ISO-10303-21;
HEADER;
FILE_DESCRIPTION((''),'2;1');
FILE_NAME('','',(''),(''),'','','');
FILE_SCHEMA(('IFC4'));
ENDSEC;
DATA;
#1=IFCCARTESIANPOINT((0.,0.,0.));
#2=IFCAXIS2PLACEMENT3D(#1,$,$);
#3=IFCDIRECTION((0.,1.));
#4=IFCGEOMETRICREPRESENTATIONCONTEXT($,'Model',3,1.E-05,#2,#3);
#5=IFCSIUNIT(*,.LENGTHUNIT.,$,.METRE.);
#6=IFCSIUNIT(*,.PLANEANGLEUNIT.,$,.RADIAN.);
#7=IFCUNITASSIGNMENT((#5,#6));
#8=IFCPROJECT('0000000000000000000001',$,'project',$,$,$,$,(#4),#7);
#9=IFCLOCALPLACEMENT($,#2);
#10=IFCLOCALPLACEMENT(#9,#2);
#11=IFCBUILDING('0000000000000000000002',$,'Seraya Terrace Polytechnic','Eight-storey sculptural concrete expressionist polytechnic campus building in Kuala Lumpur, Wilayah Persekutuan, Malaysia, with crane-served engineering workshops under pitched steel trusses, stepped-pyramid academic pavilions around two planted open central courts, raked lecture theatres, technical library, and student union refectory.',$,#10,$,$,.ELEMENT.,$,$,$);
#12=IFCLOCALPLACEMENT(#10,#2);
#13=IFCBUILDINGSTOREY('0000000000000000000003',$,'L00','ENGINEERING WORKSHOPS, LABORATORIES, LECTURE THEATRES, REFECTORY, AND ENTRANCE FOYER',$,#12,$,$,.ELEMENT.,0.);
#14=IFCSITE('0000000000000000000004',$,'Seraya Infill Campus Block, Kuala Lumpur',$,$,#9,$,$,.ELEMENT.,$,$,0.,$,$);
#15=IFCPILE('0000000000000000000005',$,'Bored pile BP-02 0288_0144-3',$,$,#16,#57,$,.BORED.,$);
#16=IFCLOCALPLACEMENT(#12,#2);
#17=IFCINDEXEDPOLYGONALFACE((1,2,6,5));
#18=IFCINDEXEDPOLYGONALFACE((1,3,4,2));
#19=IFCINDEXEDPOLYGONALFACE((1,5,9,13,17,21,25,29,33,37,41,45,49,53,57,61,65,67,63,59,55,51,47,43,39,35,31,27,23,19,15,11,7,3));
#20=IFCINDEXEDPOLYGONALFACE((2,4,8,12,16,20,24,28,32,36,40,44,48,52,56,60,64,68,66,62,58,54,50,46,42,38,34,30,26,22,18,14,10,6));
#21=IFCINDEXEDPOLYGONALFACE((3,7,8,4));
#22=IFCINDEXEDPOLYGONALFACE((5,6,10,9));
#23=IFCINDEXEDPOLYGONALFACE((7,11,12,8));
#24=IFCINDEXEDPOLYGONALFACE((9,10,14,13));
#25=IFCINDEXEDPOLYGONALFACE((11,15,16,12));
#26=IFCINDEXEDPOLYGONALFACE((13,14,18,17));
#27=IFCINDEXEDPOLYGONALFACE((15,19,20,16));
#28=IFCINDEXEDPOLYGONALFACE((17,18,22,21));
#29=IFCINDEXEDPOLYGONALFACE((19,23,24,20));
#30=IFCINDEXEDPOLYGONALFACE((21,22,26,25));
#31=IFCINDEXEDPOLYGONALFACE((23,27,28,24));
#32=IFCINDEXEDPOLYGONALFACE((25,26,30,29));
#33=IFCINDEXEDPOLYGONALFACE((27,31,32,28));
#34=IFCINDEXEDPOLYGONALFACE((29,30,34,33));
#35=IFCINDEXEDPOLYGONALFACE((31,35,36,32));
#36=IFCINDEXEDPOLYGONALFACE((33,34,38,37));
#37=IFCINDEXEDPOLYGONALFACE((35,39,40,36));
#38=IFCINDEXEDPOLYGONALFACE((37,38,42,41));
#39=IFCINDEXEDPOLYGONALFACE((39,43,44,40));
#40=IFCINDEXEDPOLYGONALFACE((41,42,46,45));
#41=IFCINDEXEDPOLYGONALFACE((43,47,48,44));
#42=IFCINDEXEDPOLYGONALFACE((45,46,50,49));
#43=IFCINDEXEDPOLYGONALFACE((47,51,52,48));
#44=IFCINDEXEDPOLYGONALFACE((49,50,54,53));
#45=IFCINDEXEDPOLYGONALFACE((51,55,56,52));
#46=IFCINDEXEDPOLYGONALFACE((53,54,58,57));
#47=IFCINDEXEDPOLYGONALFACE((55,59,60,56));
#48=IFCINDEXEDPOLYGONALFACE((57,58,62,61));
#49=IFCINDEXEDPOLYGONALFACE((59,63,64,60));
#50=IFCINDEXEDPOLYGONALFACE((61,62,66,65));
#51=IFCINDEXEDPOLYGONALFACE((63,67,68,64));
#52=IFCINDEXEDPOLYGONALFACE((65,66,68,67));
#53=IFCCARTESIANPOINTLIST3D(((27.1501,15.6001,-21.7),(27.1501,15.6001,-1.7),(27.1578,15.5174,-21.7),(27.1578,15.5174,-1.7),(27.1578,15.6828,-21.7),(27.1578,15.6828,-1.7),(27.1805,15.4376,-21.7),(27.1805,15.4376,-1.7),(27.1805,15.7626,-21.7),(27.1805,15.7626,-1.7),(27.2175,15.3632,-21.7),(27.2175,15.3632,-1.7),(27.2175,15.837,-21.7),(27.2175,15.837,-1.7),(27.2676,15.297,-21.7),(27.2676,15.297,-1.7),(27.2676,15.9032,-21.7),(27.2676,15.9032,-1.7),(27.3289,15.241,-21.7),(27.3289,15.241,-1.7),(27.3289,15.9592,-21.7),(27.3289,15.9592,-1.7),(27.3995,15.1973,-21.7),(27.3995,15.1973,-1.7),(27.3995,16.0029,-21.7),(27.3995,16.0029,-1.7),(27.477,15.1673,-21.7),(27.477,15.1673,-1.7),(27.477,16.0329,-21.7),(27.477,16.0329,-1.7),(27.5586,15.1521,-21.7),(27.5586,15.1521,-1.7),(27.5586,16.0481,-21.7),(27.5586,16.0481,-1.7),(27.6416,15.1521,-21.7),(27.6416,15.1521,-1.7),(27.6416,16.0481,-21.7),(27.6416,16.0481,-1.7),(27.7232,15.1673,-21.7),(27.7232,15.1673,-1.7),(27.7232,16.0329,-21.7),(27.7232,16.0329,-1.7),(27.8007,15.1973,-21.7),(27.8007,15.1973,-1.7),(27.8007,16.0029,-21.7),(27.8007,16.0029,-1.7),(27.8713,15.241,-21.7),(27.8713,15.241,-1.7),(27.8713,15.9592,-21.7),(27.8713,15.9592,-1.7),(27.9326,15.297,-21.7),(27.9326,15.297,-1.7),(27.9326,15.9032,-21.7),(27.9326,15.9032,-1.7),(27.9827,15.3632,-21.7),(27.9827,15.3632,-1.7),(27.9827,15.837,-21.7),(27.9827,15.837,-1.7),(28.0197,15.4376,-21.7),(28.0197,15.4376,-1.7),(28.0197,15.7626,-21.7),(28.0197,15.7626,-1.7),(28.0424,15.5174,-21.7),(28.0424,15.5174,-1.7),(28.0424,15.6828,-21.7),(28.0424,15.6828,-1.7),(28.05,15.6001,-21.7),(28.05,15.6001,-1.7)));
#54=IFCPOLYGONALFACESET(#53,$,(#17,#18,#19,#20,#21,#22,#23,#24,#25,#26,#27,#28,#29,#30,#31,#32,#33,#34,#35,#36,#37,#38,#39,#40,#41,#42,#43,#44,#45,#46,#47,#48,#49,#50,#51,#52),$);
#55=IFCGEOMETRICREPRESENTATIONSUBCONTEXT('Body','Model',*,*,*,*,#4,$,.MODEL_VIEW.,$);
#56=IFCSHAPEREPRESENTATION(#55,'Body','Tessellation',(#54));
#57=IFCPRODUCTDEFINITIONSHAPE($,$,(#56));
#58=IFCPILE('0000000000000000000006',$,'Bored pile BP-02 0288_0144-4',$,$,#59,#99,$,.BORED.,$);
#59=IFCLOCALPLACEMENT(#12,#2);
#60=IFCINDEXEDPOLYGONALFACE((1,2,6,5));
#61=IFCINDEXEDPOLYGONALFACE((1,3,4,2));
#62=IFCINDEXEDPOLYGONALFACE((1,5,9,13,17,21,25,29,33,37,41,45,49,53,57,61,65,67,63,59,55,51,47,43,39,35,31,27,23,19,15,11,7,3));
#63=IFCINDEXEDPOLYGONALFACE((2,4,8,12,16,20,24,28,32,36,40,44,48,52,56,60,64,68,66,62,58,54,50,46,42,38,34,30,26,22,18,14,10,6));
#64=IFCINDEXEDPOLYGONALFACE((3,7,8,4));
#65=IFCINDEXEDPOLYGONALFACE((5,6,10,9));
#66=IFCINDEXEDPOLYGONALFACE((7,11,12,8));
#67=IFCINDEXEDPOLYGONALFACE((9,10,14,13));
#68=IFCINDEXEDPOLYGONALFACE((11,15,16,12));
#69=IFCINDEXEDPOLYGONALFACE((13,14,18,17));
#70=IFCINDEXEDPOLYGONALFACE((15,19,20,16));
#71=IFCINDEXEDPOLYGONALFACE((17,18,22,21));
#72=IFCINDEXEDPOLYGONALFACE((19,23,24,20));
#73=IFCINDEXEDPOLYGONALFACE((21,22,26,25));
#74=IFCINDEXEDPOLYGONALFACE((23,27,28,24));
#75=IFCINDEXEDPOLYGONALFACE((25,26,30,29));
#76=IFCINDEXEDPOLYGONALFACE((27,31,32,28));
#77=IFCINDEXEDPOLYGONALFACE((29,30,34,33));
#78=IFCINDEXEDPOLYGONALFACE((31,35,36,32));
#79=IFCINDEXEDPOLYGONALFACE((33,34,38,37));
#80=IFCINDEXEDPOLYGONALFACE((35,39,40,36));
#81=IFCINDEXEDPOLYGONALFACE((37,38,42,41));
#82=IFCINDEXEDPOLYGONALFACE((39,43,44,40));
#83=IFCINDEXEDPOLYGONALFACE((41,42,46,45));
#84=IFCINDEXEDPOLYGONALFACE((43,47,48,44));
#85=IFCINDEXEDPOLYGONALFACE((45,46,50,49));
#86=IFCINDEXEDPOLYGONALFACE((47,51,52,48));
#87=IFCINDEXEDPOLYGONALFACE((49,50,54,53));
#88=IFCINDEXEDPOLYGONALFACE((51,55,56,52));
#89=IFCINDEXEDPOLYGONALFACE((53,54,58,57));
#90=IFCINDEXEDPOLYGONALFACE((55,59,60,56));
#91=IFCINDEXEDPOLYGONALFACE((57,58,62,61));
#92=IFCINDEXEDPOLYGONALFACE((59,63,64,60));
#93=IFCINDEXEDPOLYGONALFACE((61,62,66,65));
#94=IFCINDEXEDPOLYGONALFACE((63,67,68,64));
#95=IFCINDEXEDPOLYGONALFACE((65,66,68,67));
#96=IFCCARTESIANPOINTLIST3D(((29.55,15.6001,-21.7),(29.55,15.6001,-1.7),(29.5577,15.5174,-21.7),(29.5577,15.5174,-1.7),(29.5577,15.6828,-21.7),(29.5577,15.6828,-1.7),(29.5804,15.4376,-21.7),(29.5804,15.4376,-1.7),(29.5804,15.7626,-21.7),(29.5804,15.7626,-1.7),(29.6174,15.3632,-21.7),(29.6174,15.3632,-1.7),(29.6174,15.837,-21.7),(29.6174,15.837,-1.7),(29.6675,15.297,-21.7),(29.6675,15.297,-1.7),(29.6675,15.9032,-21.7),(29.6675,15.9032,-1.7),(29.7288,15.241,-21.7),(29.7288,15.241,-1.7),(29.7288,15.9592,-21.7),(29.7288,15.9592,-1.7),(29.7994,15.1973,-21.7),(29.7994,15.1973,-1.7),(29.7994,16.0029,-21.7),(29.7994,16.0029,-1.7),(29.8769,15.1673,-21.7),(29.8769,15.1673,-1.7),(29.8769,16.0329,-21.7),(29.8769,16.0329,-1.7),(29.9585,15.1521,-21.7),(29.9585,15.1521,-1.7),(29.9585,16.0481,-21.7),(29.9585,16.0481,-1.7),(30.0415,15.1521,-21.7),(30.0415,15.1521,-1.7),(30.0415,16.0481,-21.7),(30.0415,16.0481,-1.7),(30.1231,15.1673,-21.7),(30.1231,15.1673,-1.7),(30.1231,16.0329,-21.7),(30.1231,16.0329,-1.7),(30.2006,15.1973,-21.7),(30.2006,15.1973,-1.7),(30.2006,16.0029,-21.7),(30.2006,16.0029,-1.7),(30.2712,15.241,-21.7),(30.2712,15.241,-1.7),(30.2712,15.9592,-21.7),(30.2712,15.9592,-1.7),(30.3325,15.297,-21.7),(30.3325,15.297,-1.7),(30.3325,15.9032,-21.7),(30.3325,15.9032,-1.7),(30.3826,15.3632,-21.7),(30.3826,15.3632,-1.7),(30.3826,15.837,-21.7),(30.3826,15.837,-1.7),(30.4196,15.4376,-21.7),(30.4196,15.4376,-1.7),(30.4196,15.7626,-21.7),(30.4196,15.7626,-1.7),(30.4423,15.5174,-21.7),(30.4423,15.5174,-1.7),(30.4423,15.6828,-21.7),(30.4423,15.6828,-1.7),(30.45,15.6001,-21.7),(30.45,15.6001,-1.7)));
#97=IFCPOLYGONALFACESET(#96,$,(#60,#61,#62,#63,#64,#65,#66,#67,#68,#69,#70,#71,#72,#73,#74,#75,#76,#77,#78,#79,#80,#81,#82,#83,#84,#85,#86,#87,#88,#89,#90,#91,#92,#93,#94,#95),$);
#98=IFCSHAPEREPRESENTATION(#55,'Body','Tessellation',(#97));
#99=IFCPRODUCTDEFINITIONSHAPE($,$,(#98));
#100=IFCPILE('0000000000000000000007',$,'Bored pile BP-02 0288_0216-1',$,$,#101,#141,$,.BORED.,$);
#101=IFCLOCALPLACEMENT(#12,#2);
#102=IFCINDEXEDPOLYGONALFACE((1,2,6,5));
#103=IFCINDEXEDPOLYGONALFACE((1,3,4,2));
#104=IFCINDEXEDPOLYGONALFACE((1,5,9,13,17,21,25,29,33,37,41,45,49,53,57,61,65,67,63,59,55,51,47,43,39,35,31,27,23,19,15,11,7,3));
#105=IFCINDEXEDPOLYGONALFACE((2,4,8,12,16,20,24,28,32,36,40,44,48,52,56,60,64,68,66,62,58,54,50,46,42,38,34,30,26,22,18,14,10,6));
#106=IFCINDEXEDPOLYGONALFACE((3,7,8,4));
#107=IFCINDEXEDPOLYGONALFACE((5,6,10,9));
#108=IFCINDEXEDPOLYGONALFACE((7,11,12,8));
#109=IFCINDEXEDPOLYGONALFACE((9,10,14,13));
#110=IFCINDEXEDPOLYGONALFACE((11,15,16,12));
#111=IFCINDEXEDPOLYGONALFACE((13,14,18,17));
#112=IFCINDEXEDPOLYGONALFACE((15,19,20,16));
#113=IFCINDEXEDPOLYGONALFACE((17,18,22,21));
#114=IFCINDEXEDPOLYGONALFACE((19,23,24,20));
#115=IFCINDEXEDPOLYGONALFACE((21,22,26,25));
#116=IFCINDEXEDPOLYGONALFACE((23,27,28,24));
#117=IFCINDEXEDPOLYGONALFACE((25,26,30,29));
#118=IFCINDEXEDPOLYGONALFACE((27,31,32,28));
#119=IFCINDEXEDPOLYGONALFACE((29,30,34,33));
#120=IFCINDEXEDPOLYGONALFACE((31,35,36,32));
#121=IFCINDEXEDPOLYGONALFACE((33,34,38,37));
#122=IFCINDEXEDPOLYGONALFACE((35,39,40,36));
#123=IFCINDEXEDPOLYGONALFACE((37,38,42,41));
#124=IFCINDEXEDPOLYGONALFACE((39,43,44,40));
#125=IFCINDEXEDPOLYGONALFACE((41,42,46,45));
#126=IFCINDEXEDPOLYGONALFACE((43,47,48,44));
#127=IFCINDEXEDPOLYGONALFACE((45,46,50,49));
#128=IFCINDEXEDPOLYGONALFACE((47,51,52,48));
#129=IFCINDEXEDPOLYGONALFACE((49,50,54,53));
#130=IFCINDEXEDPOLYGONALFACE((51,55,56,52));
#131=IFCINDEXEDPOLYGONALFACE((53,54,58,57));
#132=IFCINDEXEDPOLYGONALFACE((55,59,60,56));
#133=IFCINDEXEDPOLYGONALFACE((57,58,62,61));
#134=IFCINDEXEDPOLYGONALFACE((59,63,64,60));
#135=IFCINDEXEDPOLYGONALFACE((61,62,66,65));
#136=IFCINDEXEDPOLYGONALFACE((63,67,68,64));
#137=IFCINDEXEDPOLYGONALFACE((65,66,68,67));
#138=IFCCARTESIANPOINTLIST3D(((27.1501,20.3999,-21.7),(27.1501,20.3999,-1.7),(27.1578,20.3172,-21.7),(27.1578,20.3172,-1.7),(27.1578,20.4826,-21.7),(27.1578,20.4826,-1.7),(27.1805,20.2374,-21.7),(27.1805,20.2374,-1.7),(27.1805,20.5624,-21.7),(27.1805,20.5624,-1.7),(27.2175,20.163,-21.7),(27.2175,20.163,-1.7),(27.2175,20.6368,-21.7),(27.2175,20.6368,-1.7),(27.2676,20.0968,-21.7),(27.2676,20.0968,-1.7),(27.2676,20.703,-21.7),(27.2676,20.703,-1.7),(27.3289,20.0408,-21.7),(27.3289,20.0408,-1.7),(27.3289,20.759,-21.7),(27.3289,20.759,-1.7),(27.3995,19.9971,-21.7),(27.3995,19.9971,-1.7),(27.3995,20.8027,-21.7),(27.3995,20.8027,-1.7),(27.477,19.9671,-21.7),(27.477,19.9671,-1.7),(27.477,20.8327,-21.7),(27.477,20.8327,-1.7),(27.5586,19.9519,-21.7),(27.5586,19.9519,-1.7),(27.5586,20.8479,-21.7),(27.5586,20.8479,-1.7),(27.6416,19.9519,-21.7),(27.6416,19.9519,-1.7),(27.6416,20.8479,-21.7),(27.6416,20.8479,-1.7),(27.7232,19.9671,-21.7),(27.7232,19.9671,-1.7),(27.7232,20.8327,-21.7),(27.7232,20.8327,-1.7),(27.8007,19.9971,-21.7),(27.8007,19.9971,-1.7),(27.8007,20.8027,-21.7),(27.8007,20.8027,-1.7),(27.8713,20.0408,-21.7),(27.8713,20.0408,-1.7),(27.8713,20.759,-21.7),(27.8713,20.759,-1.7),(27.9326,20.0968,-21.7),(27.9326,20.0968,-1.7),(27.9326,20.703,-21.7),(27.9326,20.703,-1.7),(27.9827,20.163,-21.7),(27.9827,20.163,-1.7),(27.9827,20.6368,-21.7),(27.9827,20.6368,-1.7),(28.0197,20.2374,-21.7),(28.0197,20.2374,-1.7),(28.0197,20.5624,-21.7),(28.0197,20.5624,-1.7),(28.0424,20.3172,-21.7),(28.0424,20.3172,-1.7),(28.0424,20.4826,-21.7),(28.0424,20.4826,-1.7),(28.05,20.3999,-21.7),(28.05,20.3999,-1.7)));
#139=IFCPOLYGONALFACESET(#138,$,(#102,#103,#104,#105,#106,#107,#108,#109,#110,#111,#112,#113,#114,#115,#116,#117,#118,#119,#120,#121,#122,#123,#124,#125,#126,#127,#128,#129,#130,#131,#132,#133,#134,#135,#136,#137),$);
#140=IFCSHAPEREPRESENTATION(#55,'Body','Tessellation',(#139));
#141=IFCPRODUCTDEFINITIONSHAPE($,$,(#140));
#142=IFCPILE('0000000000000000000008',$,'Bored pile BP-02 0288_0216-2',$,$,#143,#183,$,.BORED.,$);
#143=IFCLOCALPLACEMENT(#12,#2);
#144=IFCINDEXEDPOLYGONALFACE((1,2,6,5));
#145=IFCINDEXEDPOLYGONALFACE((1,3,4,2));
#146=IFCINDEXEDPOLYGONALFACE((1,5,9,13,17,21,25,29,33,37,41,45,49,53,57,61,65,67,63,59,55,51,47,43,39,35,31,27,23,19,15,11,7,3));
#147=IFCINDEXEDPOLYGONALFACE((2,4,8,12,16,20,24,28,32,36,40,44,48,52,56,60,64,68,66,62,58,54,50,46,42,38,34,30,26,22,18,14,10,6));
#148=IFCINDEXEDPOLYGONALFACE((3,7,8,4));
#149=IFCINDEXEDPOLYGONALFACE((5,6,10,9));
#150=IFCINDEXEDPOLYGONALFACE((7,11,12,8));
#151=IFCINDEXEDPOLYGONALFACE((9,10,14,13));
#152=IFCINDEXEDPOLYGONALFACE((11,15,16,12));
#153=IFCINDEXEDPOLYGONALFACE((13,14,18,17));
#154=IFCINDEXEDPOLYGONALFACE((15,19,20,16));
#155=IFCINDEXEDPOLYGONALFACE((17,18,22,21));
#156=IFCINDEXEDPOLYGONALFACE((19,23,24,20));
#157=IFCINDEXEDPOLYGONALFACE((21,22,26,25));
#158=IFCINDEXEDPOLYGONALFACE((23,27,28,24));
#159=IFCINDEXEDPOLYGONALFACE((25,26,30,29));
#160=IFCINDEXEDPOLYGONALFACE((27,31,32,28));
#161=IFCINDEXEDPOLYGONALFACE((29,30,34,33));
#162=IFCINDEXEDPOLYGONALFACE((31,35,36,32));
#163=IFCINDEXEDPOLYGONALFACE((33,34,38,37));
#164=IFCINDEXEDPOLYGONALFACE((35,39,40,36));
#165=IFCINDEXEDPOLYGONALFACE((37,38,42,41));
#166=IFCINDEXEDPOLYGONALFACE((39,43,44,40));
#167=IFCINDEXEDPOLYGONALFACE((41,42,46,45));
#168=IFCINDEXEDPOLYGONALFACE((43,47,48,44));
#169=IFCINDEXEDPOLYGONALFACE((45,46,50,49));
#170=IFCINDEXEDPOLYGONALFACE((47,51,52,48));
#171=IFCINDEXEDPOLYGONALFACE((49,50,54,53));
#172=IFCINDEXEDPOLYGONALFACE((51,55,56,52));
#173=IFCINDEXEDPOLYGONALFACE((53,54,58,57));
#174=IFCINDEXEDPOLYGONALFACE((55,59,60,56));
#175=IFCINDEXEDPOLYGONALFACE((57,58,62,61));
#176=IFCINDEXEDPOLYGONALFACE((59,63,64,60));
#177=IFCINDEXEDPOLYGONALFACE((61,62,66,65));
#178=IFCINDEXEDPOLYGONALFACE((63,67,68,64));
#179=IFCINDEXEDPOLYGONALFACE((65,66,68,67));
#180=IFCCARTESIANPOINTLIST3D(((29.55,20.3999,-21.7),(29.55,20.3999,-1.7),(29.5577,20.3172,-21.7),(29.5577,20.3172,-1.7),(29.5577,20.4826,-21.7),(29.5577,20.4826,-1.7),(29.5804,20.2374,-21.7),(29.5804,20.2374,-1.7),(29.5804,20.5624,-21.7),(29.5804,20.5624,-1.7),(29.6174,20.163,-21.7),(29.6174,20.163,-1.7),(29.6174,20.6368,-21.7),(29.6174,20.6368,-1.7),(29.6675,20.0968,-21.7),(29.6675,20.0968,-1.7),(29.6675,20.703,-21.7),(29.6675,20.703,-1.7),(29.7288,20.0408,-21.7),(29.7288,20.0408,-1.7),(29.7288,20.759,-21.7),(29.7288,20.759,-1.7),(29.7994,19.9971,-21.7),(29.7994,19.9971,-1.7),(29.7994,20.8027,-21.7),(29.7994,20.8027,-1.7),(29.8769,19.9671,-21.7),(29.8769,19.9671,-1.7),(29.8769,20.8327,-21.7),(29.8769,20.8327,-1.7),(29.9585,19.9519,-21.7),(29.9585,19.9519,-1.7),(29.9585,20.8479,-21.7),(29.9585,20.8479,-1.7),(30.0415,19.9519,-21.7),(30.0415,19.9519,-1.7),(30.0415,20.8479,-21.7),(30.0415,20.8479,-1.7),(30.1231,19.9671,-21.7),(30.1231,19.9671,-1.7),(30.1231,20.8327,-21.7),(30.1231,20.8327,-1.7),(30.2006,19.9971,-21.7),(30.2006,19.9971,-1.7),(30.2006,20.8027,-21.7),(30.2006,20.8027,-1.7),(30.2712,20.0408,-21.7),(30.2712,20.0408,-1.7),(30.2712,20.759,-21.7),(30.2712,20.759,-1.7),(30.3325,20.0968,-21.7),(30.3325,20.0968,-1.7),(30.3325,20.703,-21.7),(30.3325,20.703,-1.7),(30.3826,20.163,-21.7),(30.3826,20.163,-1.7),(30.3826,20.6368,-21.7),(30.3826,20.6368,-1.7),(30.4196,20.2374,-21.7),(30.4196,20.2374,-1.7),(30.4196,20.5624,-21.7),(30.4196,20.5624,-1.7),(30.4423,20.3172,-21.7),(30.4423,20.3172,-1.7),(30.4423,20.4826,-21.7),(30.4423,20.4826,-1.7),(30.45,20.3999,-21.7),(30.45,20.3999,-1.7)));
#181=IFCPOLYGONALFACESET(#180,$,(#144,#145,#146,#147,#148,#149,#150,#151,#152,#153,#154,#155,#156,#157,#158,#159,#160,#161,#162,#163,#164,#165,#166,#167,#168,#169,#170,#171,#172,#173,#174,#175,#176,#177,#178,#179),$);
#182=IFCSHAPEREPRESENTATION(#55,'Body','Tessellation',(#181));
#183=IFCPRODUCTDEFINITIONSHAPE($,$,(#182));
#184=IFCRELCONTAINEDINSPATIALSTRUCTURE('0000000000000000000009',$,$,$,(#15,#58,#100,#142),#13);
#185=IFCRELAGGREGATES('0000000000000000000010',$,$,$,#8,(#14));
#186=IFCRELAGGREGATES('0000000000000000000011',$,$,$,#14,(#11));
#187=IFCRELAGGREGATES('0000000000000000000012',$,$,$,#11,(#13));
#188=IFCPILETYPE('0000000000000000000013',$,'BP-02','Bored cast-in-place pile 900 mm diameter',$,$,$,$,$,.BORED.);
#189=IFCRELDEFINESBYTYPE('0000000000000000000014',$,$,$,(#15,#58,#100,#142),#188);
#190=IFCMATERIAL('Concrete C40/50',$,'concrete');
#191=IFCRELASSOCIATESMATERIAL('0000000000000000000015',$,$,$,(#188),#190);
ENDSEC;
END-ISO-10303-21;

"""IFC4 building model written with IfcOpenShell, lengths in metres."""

from ifc_helpers import new_model, si_unit, direction, frame, origin, origin_2d, place, context, subcontext, project, spatial, circle, extrude, material, material_profile, profile_set, type_object, element, save


model = new_model("IFC4")

# Units and contexts
model_context = context("Model", 3, precision=1e-05, world=origin(), true_north=direction((0.0, 1.0)))
body_context = subcontext(model_context, "Body", "Model", "MODEL_VIEW")
ifc_project = project(units=[si_unit("LENGTHUNIT", "METRE"), si_unit("PLANEANGLEUNIT", "RADIAN")], contexts=[model_context])

# Site, building, storey
site_placement = place(None, origin())
site = spatial("IfcSite", under=ifc_project, at=site_placement, Name="Seraya Infill Campus Block, Kuala Lumpur", CompositionType="ELEMENT", RefElevation=0.0)
building_placement = place(site_placement, origin())
building = spatial("IfcBuilding", under=site, at=building_placement, Name="Seraya Terrace Polytechnic", Description="Eight-storey sculptural concrete expressionist polytechnic campus building in Kuala Lumpur, Wilayah Persekutuan, Malaysia, with crane-served engineering workshops under pitched steel trusses, stepped-pyramid academic pavilions around two planted open central courts, raked lecture theatres, technical library, and student union refectory.", CompositionType="ELEMENT")
storey_placement = place(building_placement, origin())
storey = spatial("IfcBuildingStorey", under=building, at=storey_placement, Name="L00", Description="ENGINEERING WORKSHOPS, LABORATORIES, LECTURE THEATRES, REFECTORY, AND ENTRANCE FOYER", CompositionType="ELEMENT", Elevation=0.0)

# Piles
ifc_material = material(Name="Concrete C40/50", Category="concrete")
ifc_material_profile_1 = material_profile(ifc_material, circle(Radius=0.45, at=origin_2d()), Name="DIA 900")
ifc_profile_set_1 = profile_set([ifc_material_profile_1], Name="Concrete C40/50")
pile_type = type_object("IfcPileType", Name="BP-02", Description="Bored cast-in-place pile 900 mm diameter", PredefinedType="BORED", material=ifc_profile_set_1)
for number, where, z_axis, x_axis, name in (
    (1, (27.6001, 15.6001, -1.7), (0.0, 0.0, -1.0), (1.0, 0.0, 0.0), "Bored pile BP-02 0288_0144-3"),
    (2, (30.0, 15.6001, -1.7), (0.0, 0.0, -1.0), (1.0, 0.0, 0.0), "Bored pile BP-02 0288_0144-4"),
    (3, (27.6001, 20.3999, -1.7), (0.0, 0.0, -1.0), (1.0, 0.0, 0.0), "Bored pile BP-02 0288_0216-1"),
    (4, (30.0, 20.3999, -1.7), (0.0, 0.0, -1.0), (1.0, 0.0, 0.0), "Bored pile BP-02 0288_0216-2"),
):
    element("IfcPile", number, at=place(storey_placement, frame(where, z_axis=z_axis, x_axis=x_axis)), inside=storey, type_object=pile_type, Name=name, PredefinedType="BORED", context=body_context, shape_type="SweptSolid", body=[
        extrude(circle(Radius=0.45, at=origin_2d()), origin(), (0.0, 0.0, 1.0), 20.0),
    ])

save(model, "model.ifc")
